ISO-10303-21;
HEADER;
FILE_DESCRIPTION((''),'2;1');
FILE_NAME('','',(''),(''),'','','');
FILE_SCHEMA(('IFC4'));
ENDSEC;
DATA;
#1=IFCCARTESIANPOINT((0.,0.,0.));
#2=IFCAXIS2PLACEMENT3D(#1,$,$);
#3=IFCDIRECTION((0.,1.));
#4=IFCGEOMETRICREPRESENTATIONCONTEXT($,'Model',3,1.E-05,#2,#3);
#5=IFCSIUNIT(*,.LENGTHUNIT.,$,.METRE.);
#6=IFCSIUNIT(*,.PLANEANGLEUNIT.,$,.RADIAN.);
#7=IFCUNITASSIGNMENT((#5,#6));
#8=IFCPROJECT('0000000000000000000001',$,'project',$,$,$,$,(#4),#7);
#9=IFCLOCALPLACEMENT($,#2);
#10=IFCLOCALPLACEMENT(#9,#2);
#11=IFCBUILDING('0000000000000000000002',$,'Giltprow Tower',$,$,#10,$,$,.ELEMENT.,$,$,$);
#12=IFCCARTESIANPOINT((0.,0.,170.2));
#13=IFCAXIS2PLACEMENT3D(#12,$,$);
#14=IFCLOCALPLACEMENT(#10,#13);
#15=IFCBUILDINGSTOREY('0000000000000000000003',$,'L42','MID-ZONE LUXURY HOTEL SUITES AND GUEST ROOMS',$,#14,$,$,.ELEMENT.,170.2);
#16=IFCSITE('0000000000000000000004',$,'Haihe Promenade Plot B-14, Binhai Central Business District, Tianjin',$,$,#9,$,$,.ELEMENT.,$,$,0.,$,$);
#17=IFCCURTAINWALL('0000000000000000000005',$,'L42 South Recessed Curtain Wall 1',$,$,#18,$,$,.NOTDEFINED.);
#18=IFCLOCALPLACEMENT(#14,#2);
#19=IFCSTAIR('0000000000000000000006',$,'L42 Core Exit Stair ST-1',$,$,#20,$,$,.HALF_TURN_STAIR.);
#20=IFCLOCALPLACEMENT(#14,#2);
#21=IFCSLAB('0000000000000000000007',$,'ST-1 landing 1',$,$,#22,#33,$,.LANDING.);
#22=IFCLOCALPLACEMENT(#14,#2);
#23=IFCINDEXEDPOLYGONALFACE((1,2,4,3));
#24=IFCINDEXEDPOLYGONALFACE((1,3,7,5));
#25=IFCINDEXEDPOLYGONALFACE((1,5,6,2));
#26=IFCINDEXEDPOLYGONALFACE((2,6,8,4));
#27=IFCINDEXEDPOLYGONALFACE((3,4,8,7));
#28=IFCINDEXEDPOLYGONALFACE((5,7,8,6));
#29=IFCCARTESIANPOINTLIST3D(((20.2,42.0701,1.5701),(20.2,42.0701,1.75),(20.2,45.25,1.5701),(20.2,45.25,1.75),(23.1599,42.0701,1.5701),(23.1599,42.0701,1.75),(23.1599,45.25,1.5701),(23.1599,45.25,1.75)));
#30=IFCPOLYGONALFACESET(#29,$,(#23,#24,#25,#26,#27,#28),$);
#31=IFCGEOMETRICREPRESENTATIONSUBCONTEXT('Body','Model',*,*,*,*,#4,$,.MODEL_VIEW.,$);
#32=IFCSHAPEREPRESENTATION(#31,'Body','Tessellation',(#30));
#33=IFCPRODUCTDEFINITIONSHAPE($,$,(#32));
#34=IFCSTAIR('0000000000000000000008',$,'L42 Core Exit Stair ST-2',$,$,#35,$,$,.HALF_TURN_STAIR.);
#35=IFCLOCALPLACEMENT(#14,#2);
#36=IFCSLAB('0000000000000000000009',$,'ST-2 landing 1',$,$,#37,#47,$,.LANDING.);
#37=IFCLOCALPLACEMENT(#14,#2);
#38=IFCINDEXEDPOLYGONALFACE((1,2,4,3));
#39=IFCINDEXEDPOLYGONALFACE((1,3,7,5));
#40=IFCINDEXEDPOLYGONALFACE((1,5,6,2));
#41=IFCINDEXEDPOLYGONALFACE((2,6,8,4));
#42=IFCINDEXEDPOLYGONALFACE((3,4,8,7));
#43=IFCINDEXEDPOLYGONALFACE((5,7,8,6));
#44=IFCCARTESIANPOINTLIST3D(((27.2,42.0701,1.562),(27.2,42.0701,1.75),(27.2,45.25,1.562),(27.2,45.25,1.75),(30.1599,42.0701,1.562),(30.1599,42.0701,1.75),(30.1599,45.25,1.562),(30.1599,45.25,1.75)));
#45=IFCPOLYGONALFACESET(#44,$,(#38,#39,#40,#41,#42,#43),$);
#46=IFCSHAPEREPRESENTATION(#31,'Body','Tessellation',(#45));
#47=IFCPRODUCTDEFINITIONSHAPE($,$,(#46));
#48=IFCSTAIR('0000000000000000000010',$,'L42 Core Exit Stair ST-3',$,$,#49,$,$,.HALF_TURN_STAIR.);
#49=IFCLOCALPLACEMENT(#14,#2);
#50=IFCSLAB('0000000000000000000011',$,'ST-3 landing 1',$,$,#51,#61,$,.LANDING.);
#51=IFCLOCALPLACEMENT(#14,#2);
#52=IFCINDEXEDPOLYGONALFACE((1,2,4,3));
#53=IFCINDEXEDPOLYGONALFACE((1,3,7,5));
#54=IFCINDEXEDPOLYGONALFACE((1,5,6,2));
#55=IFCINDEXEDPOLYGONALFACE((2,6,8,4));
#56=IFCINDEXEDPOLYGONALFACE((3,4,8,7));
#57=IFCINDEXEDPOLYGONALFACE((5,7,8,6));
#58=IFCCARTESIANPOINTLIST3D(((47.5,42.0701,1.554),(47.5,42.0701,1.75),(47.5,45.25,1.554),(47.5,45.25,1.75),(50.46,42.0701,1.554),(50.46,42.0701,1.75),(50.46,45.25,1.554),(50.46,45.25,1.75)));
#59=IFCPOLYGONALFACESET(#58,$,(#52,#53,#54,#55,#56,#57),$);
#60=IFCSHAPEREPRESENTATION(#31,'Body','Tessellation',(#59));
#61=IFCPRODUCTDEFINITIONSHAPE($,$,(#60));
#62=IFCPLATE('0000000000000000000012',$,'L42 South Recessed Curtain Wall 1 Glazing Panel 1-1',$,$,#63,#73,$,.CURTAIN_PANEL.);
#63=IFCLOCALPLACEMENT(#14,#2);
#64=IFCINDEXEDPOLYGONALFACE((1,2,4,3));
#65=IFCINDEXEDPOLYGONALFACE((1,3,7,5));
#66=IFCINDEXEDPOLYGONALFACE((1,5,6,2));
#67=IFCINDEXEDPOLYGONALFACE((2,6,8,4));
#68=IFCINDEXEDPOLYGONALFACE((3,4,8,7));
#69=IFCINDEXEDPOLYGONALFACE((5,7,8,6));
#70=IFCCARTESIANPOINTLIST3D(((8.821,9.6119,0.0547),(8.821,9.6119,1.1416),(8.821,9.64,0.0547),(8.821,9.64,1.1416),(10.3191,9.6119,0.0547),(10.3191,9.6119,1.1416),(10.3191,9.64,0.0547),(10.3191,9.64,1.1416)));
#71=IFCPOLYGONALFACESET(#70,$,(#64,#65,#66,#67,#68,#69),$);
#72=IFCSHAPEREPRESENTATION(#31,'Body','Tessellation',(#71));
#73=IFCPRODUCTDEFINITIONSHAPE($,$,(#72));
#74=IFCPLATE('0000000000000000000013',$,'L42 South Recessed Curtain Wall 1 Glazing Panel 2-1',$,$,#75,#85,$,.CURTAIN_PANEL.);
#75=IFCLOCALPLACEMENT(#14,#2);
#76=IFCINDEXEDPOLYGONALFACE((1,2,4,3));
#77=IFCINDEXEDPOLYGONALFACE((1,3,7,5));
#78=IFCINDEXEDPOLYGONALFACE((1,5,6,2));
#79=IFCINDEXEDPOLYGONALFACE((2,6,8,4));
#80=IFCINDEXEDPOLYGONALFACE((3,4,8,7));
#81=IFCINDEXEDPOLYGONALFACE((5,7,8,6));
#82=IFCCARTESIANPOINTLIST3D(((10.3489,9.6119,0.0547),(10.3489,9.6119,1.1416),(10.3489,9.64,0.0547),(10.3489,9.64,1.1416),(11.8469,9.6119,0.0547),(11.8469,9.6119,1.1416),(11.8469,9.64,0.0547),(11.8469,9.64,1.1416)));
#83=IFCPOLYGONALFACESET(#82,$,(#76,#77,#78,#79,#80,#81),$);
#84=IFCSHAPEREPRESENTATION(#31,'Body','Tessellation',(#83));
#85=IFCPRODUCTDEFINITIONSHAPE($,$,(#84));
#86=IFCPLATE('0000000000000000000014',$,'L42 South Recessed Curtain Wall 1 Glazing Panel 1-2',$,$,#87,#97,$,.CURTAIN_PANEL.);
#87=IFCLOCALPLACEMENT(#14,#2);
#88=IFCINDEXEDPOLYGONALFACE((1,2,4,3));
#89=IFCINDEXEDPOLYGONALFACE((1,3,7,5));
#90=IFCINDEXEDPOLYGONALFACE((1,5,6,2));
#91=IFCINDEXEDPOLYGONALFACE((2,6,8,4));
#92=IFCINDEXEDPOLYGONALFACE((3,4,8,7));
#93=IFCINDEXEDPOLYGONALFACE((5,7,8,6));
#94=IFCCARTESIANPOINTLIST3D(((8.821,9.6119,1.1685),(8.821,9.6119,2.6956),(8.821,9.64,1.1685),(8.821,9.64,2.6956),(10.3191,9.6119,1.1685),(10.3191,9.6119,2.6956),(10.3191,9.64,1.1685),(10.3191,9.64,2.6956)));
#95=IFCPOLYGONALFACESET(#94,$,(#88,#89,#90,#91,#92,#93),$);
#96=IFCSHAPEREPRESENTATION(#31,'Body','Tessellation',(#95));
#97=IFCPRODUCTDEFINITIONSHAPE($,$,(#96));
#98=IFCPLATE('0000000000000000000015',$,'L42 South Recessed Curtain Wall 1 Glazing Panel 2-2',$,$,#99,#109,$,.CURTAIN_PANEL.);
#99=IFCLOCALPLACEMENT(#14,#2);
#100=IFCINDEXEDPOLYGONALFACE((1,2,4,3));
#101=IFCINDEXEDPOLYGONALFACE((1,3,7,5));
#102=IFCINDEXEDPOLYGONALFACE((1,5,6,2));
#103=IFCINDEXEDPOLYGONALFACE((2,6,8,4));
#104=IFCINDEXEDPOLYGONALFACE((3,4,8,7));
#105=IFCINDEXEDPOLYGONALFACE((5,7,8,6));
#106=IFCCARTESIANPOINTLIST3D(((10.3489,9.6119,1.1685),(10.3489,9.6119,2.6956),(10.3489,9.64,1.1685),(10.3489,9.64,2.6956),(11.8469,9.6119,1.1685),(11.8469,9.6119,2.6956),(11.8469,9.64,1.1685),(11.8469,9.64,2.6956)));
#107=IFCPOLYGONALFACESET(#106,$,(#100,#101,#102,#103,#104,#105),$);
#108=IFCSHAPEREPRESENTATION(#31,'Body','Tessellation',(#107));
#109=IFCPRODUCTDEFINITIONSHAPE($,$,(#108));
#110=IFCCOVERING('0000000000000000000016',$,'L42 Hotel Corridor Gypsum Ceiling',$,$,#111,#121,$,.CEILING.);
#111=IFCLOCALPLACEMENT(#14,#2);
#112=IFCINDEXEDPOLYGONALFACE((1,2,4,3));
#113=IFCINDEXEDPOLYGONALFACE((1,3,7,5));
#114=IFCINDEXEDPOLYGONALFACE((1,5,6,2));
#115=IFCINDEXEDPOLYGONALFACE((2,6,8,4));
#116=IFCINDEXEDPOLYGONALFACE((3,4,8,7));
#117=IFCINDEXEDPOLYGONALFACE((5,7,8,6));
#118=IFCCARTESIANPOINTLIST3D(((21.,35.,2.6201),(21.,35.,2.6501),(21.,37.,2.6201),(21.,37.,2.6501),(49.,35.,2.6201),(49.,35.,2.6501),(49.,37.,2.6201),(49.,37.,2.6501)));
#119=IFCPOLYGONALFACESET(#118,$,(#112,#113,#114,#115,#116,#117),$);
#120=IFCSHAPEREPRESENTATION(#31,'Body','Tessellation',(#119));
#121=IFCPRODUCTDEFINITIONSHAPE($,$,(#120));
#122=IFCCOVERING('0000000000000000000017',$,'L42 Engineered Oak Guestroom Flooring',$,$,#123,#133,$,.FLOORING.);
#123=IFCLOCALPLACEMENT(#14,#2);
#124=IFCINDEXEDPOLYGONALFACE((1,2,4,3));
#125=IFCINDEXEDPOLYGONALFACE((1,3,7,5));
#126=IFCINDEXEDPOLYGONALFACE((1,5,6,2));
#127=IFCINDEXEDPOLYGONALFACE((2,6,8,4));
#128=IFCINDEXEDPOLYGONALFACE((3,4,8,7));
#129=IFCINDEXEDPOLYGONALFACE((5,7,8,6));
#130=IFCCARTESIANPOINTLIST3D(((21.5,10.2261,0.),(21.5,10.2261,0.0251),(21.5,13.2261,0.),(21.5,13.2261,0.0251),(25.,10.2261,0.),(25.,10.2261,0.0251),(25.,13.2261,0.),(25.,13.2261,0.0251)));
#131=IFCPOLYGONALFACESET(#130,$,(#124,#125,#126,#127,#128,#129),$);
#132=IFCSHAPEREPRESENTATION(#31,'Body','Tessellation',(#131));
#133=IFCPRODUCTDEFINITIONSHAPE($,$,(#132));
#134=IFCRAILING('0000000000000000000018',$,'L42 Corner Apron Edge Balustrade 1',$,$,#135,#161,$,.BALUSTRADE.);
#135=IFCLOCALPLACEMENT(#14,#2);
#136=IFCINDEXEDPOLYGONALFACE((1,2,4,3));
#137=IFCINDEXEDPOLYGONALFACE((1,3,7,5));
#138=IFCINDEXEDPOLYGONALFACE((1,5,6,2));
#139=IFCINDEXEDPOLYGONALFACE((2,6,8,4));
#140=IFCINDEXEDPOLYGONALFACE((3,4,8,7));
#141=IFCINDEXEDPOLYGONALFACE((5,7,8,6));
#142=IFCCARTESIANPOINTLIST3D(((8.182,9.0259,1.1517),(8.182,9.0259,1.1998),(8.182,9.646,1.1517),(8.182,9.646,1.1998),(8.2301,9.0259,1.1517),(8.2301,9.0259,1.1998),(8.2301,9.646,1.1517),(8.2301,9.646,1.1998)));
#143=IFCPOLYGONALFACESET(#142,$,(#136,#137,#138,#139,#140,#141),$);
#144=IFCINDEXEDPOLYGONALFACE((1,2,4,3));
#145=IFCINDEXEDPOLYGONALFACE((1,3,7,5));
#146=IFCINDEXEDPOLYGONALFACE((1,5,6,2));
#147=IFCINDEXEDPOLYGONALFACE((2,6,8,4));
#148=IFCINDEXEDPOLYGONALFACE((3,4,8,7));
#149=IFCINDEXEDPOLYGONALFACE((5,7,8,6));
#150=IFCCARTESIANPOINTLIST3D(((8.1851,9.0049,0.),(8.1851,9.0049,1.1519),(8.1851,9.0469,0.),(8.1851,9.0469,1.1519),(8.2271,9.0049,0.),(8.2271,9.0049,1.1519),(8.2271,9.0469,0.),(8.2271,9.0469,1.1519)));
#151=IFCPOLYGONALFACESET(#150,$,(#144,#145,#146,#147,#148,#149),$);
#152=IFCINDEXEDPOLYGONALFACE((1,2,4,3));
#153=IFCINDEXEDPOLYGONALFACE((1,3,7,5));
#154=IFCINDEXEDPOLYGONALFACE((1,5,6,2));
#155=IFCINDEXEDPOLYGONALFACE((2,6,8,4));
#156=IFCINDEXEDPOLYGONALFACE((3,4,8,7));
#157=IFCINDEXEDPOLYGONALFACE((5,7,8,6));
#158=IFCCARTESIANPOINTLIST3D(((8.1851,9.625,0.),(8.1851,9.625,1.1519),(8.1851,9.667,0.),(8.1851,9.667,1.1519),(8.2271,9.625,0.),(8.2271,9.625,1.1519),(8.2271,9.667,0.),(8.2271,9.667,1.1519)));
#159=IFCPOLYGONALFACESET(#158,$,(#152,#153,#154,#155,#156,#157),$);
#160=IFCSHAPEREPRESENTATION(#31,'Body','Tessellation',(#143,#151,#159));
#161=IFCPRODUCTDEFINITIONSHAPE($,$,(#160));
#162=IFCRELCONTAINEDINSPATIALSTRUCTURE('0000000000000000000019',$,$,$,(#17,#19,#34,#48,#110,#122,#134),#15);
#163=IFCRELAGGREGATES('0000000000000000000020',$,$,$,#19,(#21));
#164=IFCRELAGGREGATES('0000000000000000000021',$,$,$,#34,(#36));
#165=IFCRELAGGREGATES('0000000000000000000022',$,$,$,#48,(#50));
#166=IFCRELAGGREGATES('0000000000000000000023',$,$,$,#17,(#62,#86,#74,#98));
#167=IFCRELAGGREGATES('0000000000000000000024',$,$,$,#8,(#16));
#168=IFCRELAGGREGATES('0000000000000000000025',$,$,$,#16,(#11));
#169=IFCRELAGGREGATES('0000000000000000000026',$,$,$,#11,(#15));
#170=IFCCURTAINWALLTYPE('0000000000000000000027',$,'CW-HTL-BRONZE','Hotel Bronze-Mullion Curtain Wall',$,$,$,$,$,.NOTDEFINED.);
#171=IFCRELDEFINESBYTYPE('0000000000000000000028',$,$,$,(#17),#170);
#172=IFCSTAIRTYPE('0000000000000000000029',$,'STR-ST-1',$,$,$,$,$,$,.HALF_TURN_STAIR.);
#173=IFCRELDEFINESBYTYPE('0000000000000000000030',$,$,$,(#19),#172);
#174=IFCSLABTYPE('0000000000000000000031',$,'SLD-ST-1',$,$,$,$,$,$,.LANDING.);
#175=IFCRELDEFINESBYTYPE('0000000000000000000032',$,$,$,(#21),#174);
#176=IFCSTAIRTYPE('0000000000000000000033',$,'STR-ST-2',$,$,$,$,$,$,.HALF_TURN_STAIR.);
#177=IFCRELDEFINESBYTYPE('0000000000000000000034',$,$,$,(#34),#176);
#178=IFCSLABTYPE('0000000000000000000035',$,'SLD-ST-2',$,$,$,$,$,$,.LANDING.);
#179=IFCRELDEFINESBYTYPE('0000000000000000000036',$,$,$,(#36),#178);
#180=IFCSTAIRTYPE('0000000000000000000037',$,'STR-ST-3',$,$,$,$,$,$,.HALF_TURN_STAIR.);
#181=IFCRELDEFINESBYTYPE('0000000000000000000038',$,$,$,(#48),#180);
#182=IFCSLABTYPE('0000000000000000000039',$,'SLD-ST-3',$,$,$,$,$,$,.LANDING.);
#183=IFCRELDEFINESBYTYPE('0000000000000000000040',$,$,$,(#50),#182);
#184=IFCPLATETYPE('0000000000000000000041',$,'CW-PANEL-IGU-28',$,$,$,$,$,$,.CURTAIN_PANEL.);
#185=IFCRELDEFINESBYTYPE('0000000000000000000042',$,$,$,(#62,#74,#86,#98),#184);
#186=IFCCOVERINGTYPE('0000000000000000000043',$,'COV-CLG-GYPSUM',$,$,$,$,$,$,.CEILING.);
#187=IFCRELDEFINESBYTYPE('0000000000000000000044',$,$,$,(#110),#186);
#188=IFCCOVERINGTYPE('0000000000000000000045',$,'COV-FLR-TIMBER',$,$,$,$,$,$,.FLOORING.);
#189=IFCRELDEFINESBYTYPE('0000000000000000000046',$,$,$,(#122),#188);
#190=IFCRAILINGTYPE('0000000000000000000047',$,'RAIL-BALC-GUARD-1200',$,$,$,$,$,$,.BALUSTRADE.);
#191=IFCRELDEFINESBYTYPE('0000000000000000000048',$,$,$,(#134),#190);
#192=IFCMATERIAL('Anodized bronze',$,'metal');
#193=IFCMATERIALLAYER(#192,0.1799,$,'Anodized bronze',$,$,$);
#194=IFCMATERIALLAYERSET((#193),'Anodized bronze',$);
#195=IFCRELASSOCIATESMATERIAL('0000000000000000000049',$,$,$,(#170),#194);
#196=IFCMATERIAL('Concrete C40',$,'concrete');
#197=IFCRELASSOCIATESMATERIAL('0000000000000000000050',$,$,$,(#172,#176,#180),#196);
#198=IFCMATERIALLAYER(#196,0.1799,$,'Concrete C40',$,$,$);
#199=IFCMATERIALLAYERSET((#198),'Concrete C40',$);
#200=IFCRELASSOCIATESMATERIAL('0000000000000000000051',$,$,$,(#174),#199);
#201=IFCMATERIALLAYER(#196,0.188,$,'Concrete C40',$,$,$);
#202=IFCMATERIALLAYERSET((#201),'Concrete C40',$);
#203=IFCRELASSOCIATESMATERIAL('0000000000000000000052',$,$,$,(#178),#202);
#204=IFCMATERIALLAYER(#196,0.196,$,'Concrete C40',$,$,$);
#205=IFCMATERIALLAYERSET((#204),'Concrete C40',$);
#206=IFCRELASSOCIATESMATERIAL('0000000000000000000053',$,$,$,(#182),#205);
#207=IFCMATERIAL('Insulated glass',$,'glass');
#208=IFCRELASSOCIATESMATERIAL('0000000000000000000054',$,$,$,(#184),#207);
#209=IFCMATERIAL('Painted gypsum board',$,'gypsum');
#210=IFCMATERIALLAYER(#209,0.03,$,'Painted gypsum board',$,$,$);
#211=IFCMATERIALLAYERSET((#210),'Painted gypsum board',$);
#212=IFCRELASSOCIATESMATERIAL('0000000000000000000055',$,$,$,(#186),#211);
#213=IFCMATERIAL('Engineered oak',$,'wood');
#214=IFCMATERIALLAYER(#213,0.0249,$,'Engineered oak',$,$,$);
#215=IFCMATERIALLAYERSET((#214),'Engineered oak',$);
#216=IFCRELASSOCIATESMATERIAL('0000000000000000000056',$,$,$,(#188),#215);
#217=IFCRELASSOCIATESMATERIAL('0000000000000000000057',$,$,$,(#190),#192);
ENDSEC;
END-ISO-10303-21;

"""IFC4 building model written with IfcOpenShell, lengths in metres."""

from ifc_helpers import new_model, si_unit, direction, frame, origin, origin_2d, place, context, subcontext, project, spatial, polyline, rectangle, outline, extrude, source, transform, mapped, material, layer, layer_set, type_object, element, aggregate, save


model = new_model("IFC4")

# Units and contexts
model_context = context("Model", 3, precision=1e-05, world=origin(), true_north=direction((0.0, 1.0)))
body_context = subcontext(model_context, "Body", "Model", "MODEL_VIEW")
ifc_project = project(units=[si_unit("LENGTHUNIT", "METRE"), si_unit("PLANEANGLEUNIT", "RADIAN")], contexts=[model_context])

# Site, building, storey
site_placement = place(None, origin())
site = spatial("IfcSite", under=ifc_project, at=site_placement, Name="Haihe Promenade Plot B-14, Binhai Central Business District, Tianjin", CompositionType="ELEMENT", RefElevation=0.0)
building_placement = place(site_placement, origin())
building = spatial("IfcBuilding", under=site, at=building_placement, Name="Giltprow Tower", CompositionType="ELEMENT")
storey_placement = place(building_placement, frame((0.0, 0.0, 170.2)))
storey = spatial("IfcBuildingStorey", under=building, at=storey_placement, Name="L42", Description="MID-ZONE LUXURY HOTEL SUITES AND GUEST ROOMS", CompositionType="ELEMENT", Elevation=170.2)

# Curtain wall
ifc_material_1 = material(Name="Anodized bronze", Category="metal")
ifc_layer_1 = layer(ifc_material_1, 0.1799, Name="Anodized bronze")
ifc_layer_set_1 = layer_set([ifc_layer_1], Name="Anodized bronze")
curtain_wall_type = type_object("IfcCurtainWallType", Name="CW-HTL-BRONZE", Description="Hotel Bronze-Mullion Curtain Wall", PredefinedType="NOTDEFINED", material=ifc_layer_set_1)
curtain_wall_placement = place(storey_placement, origin())
curtain_wall = element("IfcCurtainWall", 1, at=curtain_wall_placement, inside=storey, type_object=curtain_wall_type, Name="L42 South Recessed Curtain Wall 1", PredefinedType="NOTDEFINED")

# Shared definitions
ifc_material_2 = material(Name="Concrete C40", Category="concrete")

# Stairs, slabs
stair_type_1 = type_object("IfcStairType", Name="STR-ST-1", PredefinedType="HALF_TURN_STAIR", material=ifc_material_2)
stair_1_placement = place(storey_placement, origin())
stair_1 = element("IfcStair", 2, at=stair_1_placement, inside=storey, type_object=stair_type_1, Name="L42 Core Exit Stair ST-1", PredefinedType="HALF_TURN_STAIR")
ifc_layer_2 = layer(ifc_material_2, 0.1799, Name="Concrete C40")
ifc_layer_set_2 = layer_set([ifc_layer_2], Name="Concrete C40")
slab_type_1 = type_object("IfcSlabType", Name="SLD-ST-1", PredefinedType="LANDING", material=ifc_layer_set_2)
slab_1_placement = place(storey_placement, frame((0.0, 0.0, 1.5701)))
slab_1 = element("IfcSlab", 3, at=slab_1_placement, type_object=slab_type_1, Name="ST-1 landing 1", PredefinedType="LANDING", context=body_context, shape_type="SweptSolid", body=[
    extrude(outline(polyline([(23.1599, 42.0701), (23.1599, 45.25), (20.2, 45.25), (20.2, 42.0701), (23.1599, 42.0701)])), origin(), (0.0, 0.0, 1.0), 0.1799),
])
aggregate(stair_1, [slab_1])
stair_type_2 = type_object("IfcStairType", Name="STR-ST-2", PredefinedType="HALF_TURN_STAIR", material=ifc_material_2)
stair_2_placement = place(storey_placement, origin())
stair_2 = element("IfcStair", 4, at=stair_2_placement, inside=storey, type_object=stair_type_2, Name="L42 Core Exit Stair ST-2", PredefinedType="HALF_TURN_STAIR")
ifc_layer_3 = layer(ifc_material_2, 0.188, Name="Concrete C40")
ifc_layer_set_3 = layer_set([ifc_layer_3], Name="Concrete C40")
slab_type_2 = type_object("IfcSlabType", Name="SLD-ST-2", PredefinedType="LANDING", material=ifc_layer_set_3)
slab_2_placement = place(storey_placement, frame((0.0, 0.0, 1.562)))
slab_2 = element("IfcSlab", 5, at=slab_2_placement, type_object=slab_type_2, Name="ST-2 landing 1", PredefinedType="LANDING", context=body_context, shape_type="SweptSolid", body=[
    extrude(outline(polyline([(30.1599, 42.0701), (30.1599, 45.25), (27.2, 45.25), (27.2, 42.0701), (30.1599, 42.0701)])), origin(), (0.0, 0.0, 1.0), 0.188),
])
aggregate(stair_2, [slab_2])
stair_type_3 = type_object("IfcStairType", Name="STR-ST-3", PredefinedType="HALF_TURN_STAIR", material=ifc_material_2)
stair_3_placement = place(storey_placement, origin())
stair_3 = element("IfcStair", 6, at=stair_3_placement, inside=storey, type_object=stair_type_3, Name="L42 Core Exit Stair ST-3", PredefinedType="HALF_TURN_STAIR")
ifc_layer_4 = layer(ifc_material_2, 0.196, Name="Concrete C40")
ifc_layer_set_4 = layer_set([ifc_layer_4], Name="Concrete C40")
slab_type_3 = type_object("IfcSlabType", Name="SLD-ST-3", PredefinedType="LANDING", material=ifc_layer_set_4)
slab_3_placement = place(storey_placement, frame((0.0, 0.0, 1.554)))
slab_3 = element("IfcSlab", 7, at=slab_3_placement, type_object=slab_type_3, Name="ST-3 landing 1", PredefinedType="LANDING", context=body_context, shape_type="SweptSolid", body=[
    extrude(outline(polyline([(50.46, 42.0701), (50.46, 45.25), (47.5, 45.25), (47.5, 42.0701), (50.46, 42.0701)])), origin(), (0.0, 0.0, 1.0), 0.196),
])
aggregate(stair_3, [slab_3])

# Plates
ifc_material_3 = material(Name="Insulated glass", Category="glass")
plate_type = type_object("IfcPlateType", Name="CW-PANEL-IGU-28", PredefinedType="CURTAIN_PANEL", material=ifc_material_3)
shared_shape_1 = source(origin(), body_context, "Body", "SweptSolid", [
    extrude(rectangle(XDim=1.498, YDim=0.0281, at=origin_2d()), origin(), (0.0, 0.0, 1.0), 1.0869),
])
plate_1_placement = place(storey_placement, frame((9.5701, 9.626, 0.0547), z_axis=(0.0, 0.0, 1.0), x_axis=(1.0, 0.0, 0.0)))
plate_1 = element("IfcPlate", 8, at=plate_1_placement, type_object=plate_type, Name="L42 South Recessed Curtain Wall 1 Glazing Panel 1-1", PredefinedType="CURTAIN_PANEL", context=body_context, shape_type="MappedRepresentation", body=[
    mapped(shared_shape_1, transform((0.0, 0.0, 0.0), x_axis=(1.0, 0.0, 0.0), y_axis=(0.0, 1.0, 0.0), z_axis=(0.0, 0.0, 1.0), scale=1.0)),
])
plate_2_placement = place(storey_placement, frame((11.0979, 9.626, 0.0547), z_axis=(0.0, 0.0, 1.0), x_axis=(1.0, 0.0, 0.0)))
plate_2 = element("IfcPlate", 9, at=plate_2_placement, type_object=plate_type, Name="L42 South Recessed Curtain Wall 1 Glazing Panel 2-1", PredefinedType="CURTAIN_PANEL", context=body_context, shape_type="MappedRepresentation", body=[
    mapped(shared_shape_1, transform((0.0, 0.0, 0.0), x_axis=(1.0, 0.0, 0.0), y_axis=(0.0, 1.0, 0.0), z_axis=(0.0, 0.0, 1.0), scale=1.0)),
])
shared_shape_2 = source(origin(), body_context, "Body", "SweptSolid", [
    extrude(rectangle(XDim=1.498, YDim=0.0281, at=origin_2d()), origin(), (0.0, 0.0, 1.0), 1.5271),
])
plate_3_placement = place(storey_placement, frame((9.5701, 9.626, 1.1685), z_axis=(0.0, 0.0, 1.0), x_axis=(1.0, 0.0, 0.0)))
plate_3 = element("IfcPlate", 10, at=plate_3_placement, type_object=plate_type, Name="L42 South Recessed Curtain Wall 1 Glazing Panel 1-2", PredefinedType="CURTAIN_PANEL", context=body_context, shape_type="MappedRepresentation", body=[
    mapped(shared_shape_2, transform((0.0, 0.0, 0.0), x_axis=(1.0, 0.0, 0.0), y_axis=(0.0, 1.0, 0.0), z_axis=(0.0, 0.0, 1.0), scale=1.0)),
])
plate_4_placement = place(storey_placement, frame((11.0979, 9.626, 1.1685), z_axis=(0.0, 0.0, 1.0), x_axis=(1.0, 0.0, 0.0)))
plate_4 = element("IfcPlate", 11, at=plate_4_placement, type_object=plate_type, Name="L42 South Recessed Curtain Wall 1 Glazing Panel 2-2", PredefinedType="CURTAIN_PANEL", context=body_context, shape_type="MappedRepresentation", body=[
    mapped(shared_shape_2, transform((0.0, 0.0, 0.0), x_axis=(1.0, 0.0, 0.0), y_axis=(0.0, 1.0, 0.0), z_axis=(0.0, 0.0, 1.0), scale=1.0)),
])
aggregate(curtain_wall, [plate_1, plate_3, plate_2, plate_4])

# Coverings
ifc_material_4 = material(Name="Painted gypsum board", Category="gypsum")
ifc_layer_5 = layer(ifc_material_4, 0.03, Name="Painted gypsum board")
ifc_layer_set_5 = layer_set([ifc_layer_5], Name="Painted gypsum board")
covering_type_1 = type_object("IfcCoveringType", Name="COV-CLG-GYPSUM", PredefinedType="CEILING", material=ifc_layer_set_5)
covering_1_placement = place(storey_placement, frame((0.0, 0.0, 2.6201)))
element("IfcCovering", 12, at=covering_1_placement, inside=storey, type_object=covering_type_1, Name="L42 Hotel Corridor Gypsum Ceiling", PredefinedType="CEILING", context=body_context, shape_type="SweptSolid", body=[
    extrude(outline(polyline([(21.0, 35.0), (49.0, 35.0), (49.0, 37.0), (21.0, 37.0), (21.0, 35.0)])), origin(), (0.0, 0.0, 1.0), 0.03),
])
ifc_material_5 = material(Name="Engineered oak", Category="wood")
ifc_layer_6 = layer(ifc_material_5, 0.0249, Name="Engineered oak")
ifc_layer_set_6 = layer_set([ifc_layer_6], Name="Engineered oak")
covering_type_2 = type_object("IfcCoveringType", Name="COV-FLR-TIMBER", PredefinedType="FLOORING", material=ifc_layer_set_6)
covering_2_placement = place(storey_placement, origin())
element("IfcCovering", 13, at=covering_2_placement, inside=storey, type_object=covering_type_2, Name="L42 Engineered Oak Guestroom Flooring", PredefinedType="FLOORING", context=body_context, shape_type="SweptSolid", body=[
    extrude(outline(polyline([(21.5, 10.2261), (25.0, 10.2261), (25.0, 13.2261), (21.5, 13.2261), (21.5, 10.2261)])), origin(), (0.0, 0.0, 1.0), 0.0251),
])

# Railing
railing_type = type_object("IfcRailingType", Name="RAIL-BALC-GUARD-1200", PredefinedType="BALUSTRADE", material=ifc_material_1)
railing_placement = place(storey_placement, frame((8.2061, 9.0259, 0.0)))
element("IfcRailing", 14, at=railing_placement, inside=storey, type_object=railing_type, Name="L42 Corner Apron Edge Balustrade 1", PredefinedType="BALUSTRADE", context=body_context, shape_type="SweptSolid", body=[
    extrude(rectangle(XDim=0.0481, YDim=0.0481, at=origin_2d()), frame((0.0, 0.0, 1.1758), z_axis=(0.0, 1.0, 0.0), x_axis=(-1.0, 0.0, 0.0)), (0.0, 0.0, 1.0), 0.6201),
    extrude(rectangle(XDim=0.042, YDim=0.042, at=origin_2d()), origin(), (0.0, 0.0, 1.0), 1.1519),
    extrude(rectangle(XDim=0.042, YDim=0.042, at=origin_2d()), frame((0.0, 0.6201, 0.0)), (0.0, 0.0, 1.0), 1.1519),
])

save(model, "model.ifc")
